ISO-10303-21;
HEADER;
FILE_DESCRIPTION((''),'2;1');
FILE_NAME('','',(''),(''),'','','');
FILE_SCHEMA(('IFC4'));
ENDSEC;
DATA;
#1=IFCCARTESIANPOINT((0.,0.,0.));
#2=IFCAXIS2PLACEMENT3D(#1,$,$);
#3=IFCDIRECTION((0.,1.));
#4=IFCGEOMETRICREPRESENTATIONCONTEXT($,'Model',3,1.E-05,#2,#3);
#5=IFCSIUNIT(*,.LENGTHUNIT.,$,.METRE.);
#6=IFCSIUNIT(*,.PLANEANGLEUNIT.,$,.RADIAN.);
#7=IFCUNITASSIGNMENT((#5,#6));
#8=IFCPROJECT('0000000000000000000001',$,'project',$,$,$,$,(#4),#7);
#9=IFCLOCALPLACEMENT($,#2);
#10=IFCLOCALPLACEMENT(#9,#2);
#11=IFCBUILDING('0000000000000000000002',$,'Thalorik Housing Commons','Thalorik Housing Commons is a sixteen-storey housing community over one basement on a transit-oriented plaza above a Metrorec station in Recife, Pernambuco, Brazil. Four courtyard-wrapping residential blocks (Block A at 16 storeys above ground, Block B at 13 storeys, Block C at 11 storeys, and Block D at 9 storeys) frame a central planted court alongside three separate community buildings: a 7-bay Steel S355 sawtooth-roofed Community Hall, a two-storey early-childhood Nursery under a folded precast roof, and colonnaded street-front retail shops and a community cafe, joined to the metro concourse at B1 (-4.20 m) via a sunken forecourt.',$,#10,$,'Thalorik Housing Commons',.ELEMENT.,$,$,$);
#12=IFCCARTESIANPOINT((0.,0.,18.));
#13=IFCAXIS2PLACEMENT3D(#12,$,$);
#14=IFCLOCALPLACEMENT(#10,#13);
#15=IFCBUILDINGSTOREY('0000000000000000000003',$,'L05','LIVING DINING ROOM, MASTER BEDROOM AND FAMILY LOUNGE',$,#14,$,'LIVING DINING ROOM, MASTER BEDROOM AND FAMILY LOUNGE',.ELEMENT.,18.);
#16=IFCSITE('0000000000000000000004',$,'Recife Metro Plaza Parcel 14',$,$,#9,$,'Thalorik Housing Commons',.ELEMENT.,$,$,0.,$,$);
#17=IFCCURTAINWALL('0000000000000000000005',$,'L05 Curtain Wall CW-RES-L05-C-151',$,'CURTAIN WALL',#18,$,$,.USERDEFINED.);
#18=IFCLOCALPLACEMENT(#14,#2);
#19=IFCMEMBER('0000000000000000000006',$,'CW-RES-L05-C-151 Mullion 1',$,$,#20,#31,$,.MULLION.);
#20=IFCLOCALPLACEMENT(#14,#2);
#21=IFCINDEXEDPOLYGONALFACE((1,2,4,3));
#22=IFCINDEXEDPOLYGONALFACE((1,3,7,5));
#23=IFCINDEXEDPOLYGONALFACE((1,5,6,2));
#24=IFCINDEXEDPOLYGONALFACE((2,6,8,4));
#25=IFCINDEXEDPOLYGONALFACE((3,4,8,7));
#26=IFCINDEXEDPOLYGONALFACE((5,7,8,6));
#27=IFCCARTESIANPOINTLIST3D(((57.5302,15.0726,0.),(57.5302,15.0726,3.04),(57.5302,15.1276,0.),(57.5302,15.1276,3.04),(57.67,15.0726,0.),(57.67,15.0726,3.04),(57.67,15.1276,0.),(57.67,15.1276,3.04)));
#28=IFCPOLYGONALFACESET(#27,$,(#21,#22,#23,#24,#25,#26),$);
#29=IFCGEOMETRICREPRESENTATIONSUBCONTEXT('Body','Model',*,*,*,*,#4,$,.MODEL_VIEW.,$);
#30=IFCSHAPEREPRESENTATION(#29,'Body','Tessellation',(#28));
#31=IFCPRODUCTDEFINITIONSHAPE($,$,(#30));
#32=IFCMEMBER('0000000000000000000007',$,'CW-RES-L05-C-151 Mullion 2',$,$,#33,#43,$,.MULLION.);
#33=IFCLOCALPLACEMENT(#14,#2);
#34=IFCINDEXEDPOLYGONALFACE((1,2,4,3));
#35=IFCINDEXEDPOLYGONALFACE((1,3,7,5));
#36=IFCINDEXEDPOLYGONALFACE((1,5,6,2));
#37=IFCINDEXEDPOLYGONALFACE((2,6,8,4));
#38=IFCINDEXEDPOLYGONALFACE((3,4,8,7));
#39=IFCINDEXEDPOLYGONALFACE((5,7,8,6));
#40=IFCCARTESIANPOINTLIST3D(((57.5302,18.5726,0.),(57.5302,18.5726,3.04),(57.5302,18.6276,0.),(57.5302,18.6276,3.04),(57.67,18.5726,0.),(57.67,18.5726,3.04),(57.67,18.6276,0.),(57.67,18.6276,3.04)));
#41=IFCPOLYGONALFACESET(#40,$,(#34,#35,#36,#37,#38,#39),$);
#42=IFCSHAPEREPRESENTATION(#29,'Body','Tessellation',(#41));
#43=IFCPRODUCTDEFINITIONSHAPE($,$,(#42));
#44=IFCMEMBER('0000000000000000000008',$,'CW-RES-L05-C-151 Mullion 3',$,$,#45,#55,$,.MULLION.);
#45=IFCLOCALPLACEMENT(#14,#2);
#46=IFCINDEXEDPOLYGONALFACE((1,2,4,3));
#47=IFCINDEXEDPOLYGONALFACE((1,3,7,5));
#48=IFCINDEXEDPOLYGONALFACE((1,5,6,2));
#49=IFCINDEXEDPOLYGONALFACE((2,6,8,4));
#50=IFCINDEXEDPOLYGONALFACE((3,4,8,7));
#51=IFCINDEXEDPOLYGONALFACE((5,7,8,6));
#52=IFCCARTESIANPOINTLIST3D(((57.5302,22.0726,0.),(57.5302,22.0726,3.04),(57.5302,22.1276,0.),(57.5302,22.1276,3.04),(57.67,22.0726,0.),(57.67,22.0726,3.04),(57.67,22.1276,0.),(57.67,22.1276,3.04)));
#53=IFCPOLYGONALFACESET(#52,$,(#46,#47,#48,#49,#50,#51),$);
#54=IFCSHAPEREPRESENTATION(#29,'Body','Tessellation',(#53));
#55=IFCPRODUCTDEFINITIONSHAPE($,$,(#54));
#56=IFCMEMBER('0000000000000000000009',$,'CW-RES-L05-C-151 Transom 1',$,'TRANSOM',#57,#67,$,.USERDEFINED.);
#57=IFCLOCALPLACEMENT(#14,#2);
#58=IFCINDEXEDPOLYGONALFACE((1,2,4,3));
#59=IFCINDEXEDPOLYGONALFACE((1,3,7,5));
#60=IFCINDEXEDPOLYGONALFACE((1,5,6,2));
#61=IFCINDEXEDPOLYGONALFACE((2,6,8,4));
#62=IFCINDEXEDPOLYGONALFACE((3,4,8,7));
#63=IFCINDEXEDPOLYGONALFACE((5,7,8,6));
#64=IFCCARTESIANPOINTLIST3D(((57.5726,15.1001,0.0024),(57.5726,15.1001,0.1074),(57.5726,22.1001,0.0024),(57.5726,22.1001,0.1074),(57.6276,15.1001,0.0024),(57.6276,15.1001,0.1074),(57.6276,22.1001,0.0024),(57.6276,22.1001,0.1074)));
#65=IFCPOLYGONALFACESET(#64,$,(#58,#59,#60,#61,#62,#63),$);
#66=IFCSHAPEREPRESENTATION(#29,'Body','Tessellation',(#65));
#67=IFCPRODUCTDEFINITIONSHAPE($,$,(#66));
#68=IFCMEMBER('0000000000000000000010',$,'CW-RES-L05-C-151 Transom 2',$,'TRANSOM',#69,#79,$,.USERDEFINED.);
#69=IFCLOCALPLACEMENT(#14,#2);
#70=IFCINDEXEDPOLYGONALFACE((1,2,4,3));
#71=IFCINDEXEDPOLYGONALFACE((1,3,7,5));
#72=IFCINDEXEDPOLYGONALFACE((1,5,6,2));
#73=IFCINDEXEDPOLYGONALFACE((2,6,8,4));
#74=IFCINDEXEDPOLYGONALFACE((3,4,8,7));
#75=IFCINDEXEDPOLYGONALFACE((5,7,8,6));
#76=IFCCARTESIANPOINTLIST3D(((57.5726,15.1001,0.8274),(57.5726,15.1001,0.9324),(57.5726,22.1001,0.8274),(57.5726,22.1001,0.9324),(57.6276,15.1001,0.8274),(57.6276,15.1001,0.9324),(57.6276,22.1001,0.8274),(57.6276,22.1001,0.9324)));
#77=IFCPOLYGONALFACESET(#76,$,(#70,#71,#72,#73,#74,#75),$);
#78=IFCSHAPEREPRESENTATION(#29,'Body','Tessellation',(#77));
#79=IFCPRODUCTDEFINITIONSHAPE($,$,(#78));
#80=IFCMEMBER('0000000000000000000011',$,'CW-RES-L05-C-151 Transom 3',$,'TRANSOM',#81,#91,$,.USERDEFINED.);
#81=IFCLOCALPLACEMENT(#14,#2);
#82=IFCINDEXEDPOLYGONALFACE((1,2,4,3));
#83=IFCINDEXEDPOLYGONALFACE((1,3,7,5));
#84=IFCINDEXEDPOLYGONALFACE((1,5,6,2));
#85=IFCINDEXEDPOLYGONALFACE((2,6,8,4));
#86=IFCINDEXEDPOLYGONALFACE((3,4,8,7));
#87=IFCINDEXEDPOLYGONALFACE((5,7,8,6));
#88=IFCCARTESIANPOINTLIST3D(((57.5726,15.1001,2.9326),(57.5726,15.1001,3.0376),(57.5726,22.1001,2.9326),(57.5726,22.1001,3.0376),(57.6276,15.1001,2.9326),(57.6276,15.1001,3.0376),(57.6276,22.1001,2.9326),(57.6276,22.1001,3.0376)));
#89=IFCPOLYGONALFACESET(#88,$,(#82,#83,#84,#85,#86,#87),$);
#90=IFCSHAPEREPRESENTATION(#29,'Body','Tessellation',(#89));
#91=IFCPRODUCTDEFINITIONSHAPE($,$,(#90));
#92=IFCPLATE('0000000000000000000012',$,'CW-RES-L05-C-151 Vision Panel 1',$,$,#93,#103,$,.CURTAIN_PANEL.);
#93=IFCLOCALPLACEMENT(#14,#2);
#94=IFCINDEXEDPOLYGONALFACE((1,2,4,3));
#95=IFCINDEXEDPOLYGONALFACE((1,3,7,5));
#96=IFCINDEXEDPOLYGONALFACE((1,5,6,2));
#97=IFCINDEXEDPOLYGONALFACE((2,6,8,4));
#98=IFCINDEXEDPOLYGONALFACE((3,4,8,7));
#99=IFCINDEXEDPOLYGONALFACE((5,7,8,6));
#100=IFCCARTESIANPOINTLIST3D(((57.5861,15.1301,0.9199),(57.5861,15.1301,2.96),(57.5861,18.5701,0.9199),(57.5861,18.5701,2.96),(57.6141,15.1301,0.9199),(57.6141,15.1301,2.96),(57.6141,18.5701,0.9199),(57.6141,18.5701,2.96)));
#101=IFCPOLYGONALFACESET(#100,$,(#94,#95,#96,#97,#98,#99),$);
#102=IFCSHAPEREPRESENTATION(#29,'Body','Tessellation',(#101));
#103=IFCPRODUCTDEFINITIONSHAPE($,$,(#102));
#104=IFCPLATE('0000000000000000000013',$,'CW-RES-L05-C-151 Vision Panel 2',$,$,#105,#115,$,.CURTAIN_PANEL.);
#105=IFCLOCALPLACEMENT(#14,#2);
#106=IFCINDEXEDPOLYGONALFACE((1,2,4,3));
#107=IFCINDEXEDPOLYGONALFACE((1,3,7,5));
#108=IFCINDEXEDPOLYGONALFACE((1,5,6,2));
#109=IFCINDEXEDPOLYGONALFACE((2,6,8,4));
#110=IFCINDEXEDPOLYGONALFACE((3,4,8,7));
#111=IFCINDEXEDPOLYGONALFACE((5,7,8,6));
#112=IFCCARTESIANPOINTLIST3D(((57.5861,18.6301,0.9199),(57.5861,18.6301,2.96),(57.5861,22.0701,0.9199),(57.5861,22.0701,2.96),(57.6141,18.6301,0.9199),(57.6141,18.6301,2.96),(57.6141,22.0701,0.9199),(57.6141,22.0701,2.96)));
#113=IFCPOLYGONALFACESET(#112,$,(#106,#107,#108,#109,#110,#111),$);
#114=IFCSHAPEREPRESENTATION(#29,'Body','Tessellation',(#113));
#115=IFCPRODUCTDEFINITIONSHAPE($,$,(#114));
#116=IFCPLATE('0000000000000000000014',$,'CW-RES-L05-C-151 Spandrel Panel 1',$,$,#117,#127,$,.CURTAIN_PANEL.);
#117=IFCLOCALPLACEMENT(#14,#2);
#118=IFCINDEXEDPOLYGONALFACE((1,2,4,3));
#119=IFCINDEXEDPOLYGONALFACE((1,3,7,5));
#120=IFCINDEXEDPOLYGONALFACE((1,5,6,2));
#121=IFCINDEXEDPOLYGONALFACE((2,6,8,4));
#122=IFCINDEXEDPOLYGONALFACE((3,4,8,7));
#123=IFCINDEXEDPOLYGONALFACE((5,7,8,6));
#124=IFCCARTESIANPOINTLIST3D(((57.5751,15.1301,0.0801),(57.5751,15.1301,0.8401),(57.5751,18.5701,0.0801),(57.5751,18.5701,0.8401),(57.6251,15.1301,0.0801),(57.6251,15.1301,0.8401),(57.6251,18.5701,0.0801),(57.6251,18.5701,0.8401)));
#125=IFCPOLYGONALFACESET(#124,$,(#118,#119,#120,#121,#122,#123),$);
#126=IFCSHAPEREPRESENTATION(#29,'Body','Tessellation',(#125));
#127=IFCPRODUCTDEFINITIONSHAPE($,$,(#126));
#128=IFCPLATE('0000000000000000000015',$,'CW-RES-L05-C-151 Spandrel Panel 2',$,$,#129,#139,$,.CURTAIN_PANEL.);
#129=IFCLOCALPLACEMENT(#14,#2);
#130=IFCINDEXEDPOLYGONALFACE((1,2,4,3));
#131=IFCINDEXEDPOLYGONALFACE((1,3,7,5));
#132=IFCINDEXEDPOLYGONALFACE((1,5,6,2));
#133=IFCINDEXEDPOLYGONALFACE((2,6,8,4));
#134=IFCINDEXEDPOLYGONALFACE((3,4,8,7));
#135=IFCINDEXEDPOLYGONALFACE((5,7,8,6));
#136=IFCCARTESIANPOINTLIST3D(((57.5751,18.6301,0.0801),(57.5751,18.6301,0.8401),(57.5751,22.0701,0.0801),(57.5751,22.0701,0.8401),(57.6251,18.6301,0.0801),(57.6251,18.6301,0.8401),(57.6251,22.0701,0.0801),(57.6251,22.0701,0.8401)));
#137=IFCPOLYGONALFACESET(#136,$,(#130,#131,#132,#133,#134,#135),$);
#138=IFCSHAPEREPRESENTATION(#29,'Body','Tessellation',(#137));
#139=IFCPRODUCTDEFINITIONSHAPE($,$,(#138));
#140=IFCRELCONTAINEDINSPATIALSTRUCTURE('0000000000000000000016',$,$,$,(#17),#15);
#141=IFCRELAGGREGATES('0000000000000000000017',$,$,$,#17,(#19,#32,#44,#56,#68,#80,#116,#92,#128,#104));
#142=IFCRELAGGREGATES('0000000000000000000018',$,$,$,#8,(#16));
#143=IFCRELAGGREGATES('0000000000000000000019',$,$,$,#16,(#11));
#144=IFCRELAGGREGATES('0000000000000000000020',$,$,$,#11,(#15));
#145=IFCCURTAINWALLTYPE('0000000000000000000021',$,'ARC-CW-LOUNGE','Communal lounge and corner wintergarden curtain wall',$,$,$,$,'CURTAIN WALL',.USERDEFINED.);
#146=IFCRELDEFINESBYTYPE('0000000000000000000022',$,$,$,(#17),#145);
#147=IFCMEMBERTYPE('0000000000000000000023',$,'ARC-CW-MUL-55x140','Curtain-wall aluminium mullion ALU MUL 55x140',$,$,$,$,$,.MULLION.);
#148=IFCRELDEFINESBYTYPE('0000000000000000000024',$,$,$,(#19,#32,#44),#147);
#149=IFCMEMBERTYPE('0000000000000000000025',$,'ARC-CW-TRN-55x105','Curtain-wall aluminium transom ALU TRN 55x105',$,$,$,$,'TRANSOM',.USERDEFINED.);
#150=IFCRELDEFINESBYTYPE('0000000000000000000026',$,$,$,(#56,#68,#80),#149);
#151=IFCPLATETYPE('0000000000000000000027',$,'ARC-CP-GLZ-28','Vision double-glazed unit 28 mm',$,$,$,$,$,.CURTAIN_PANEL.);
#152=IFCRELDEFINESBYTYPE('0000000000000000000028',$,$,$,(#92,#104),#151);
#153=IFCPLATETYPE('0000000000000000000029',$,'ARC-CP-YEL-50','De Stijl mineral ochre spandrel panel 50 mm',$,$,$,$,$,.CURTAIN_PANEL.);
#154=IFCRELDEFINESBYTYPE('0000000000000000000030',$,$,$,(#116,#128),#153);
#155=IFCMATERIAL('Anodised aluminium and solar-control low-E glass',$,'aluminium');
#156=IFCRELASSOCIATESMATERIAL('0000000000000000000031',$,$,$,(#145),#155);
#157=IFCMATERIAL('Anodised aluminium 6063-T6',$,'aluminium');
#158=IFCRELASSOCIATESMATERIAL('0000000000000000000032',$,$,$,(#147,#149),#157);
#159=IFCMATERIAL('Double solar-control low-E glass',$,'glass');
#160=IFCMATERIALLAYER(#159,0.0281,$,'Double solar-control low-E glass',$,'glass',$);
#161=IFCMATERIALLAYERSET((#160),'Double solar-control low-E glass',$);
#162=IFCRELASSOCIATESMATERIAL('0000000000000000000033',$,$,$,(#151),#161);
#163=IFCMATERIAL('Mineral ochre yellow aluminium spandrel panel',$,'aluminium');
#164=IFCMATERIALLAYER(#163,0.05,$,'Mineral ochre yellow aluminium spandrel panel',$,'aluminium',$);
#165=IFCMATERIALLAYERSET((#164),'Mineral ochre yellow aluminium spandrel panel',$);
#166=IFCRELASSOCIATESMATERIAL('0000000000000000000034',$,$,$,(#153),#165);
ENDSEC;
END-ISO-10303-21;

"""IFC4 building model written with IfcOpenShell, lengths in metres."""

from ifc_helpers import new_model, si_unit, direction, frame, origin, origin_2d, place, context, subcontext, project, spatial, rectangle, extrude, material, layer, layer_set, material_profile, profile_set, type_object, element, aggregate, save


model = new_model("IFC4")

# Units and contexts
model_context = context("Model", 3, precision=1e-05, world=origin(), true_north=direction((0.0, 1.0)))
body_context = subcontext(model_context, "Body", "Model", "MODEL_VIEW")
ifc_project = project(units=[si_unit("LENGTHUNIT", "METRE"), si_unit("PLANEANGLEUNIT", "RADIAN")], contexts=[model_context])

# Site, building, storey
site_placement = place(None, origin())
site = spatial("IfcSite", under=ifc_project, at=site_placement, Name="Recife Metro Plaza Parcel 14", LongName="Thalorik Housing Commons", CompositionType="ELEMENT", RefElevation=0.0)
building_placement = place(site_placement, origin())
building = spatial("IfcBuilding", under=site, at=building_placement, Name="Thalorik Housing Commons", Description="Thalorik Housing Commons is a sixteen-storey housing community over one basement on a transit-oriented plaza above a Metrorec station in Recife, Pernambuco, Brazil. Four courtyard-wrapping residential blocks (Block A at 16 storeys above ground, Block B at 13 storeys, Block C at 11 storeys, and Block D at 9 storeys) frame a central planted court alongside three separate community buildings: a 7-bay Steel S355 sawtooth-roofed Community Hall, a two-storey early-childhood Nursery under a folded precast roof, and colonnaded street-front retail shops and a community cafe, joined to the metro concourse at B1 (-4.20 m) via a sunken forecourt.", LongName="Thalorik Housing Commons", CompositionType="ELEMENT")
storey_placement = place(building_placement, frame((0.0, 0.0, 18.0)))
storey = spatial("IfcBuildingStorey", under=building, at=storey_placement, Name="L05", Description="LIVING DINING ROOM, MASTER BEDROOM AND FAMILY LOUNGE", LongName="LIVING DINING ROOM, MASTER BEDROOM AND FAMILY LOUNGE", CompositionType="ELEMENT", Elevation=18.0)

# Curtain wall, members, plates
ifc_material_1 = material(Name="Anodised aluminium and solar-control low-E glass", Category="aluminium")
curtain_wall_type = type_object("IfcCurtainWallType", Name="ARC-CW-LOUNGE", Description="Communal lounge and corner wintergarden curtain wall", ElementType="CURTAIN WALL", PredefinedType="USERDEFINED", material=ifc_material_1)
curtain_wall_placement = place(storey_placement, origin())
curtain_wall = element("IfcCurtainWall", 1, at=curtain_wall_placement, inside=storey, type_object=curtain_wall_type, Name="L05 Curtain Wall CW-RES-L05-C-151", ObjectType="CURTAIN WALL", PredefinedType="USERDEFINED")
ifc_material_2 = material(Name="Anodised aluminium 6063-T6", Category="aluminium")
ifc_material_profile_1 = material_profile(ifc_material_2, rectangle(XDim=0.0549, YDim=0.1399, at=origin_2d()), Name="ALU MUL 55x140", Category="aluminium")
ifc_profile_set_1 = profile_set([ifc_material_profile_1], Name="Anodised aluminium 6063-T6")
member_type_1 = type_object("IfcMemberType", Name="ARC-CW-MUL-55x140", Description="Curtain-wall aluminium mullion ALU MUL 55x140", PredefinedType="MULLION", material=ifc_profile_set_1)
member_1_placement = place(storey_placement, frame((57.6001, 15.1001, 0.0), z_axis=(0.0, 0.0, 1.0), x_axis=(0.0, 1.0, 0.0)))
member_1 = element("IfcMember", 2, at=member_1_placement, type_object=member_type_1, Name="CW-RES-L05-C-151 Mullion 1", PredefinedType="MULLION", context=body_context, shape_type="SweptSolid", body=[
    extrude(rectangle(XDim=0.0549, YDim=0.1399, at=origin_2d()), origin(), (0.0, 0.0, 1.0), 3.04),
])
member_2_placement = place(storey_placement, frame((57.6001, 18.6001, 0.0), z_axis=(0.0, 0.0, 1.0), x_axis=(0.0, 1.0, 0.0)))
member_2 = element("IfcMember", 3, at=member_2_placement, type_object=member_type_1, Name="CW-RES-L05-C-151 Mullion 2", PredefinedType="MULLION", context=body_context, shape_type="SweptSolid", body=[
    extrude(rectangle(XDim=0.0549, YDim=0.1399, at=origin_2d()), origin(), (0.0, 0.0, 1.0), 3.04),
])
member_3_placement = place(storey_placement, frame((57.6001, 22.1001, 0.0), z_axis=(0.0, 0.0, 1.0), x_axis=(0.0, 1.0, 0.0)))
member_3 = element("IfcMember", 4, at=member_3_placement, type_object=member_type_1, Name="CW-RES-L05-C-151 Mullion 3", PredefinedType="MULLION", context=body_context, shape_type="SweptSolid", body=[
    extrude(rectangle(XDim=0.0549, YDim=0.1399, at=origin_2d()), origin(), (0.0, 0.0, 1.0), 3.04),
])
ifc_material_profile_2 = material_profile(ifc_material_2, rectangle(XDim=0.0549, YDim=0.105, at=origin_2d()), Name="ALU TRN 55x105", Category="aluminium")
ifc_profile_set_2 = profile_set([ifc_material_profile_2], Name="Anodised aluminium 6063-T6")
member_type_2 = type_object("IfcMemberType", Name="ARC-CW-TRN-55x105", Description="Curtain-wall aluminium transom ALU TRN 55x105", ElementType="TRANSOM", PredefinedType="USERDEFINED", material=ifc_profile_set_2)
member_4_placement = place(storey_placement, frame((57.6001, 15.1001, 0.0549), z_axis=(0.0, 1.0, 0.0), x_axis=(-1.0, 0.0, 0.0)))
member_4 = element("IfcMember", 5, at=member_4_placement, type_object=member_type_2, Name="CW-RES-L05-C-151 Transom 1", ObjectType="TRANSOM", PredefinedType="USERDEFINED", context=body_context, shape_type="SweptSolid", body=[
    extrude(rectangle(XDim=0.0549, YDim=0.105, at=origin_2d()), origin(), (0.0, 0.0, 1.0), 7.0),
])
member_5_placement = place(storey_placement, frame((57.6001, 15.1001, 0.8799), z_axis=(0.0, 1.0, 0.0), x_axis=(-1.0, 0.0, 0.0)))
member_5 = element("IfcMember", 6, at=member_5_placement, type_object=member_type_2, Name="CW-RES-L05-C-151 Transom 2", ObjectType="TRANSOM", PredefinedType="USERDEFINED", context=body_context, shape_type="SweptSolid", body=[
    extrude(rectangle(XDim=0.0549, YDim=0.105, at=origin_2d()), origin(), (0.0, 0.0, 1.0), 7.0),
])
member_6_placement = place(storey_placement, frame((57.6001, 15.1001, 2.9851), z_axis=(0.0, 1.0, 0.0), x_axis=(-1.0, 0.0, 0.0)))
member_6 = element("IfcMember", 7, at=member_6_placement, type_object=member_type_2, Name="CW-RES-L05-C-151 Transom 3", ObjectType="TRANSOM", PredefinedType="USERDEFINED", context=body_context, shape_type="SweptSolid", body=[
    extrude(rectangle(XDim=0.0549, YDim=0.105, at=origin_2d()), origin(), (0.0, 0.0, 1.0), 7.0),
])
ifc_material_3 = material(Name="Double solar-control low-E glass", Category="glass")
ifc_layer_1 = layer(ifc_material_3, 0.0281, Name="Double solar-control low-E glass", Category="glass")
ifc_layer_set_1 = layer_set([ifc_layer_1], Name="Double solar-control low-E glass")
plate_type_1 = type_object("IfcPlateType", Name="ARC-CP-GLZ-28", Description="Vision double-glazed unit 28 mm", PredefinedType="CURTAIN_PANEL", material=ifc_layer_set_1)
plate_1_placement = place(storey_placement, frame((57.6001, 16.8501, 0.9199), z_axis=(0.0, 0.0, 1.0), x_axis=(0.0, 1.0, 0.0)))
plate_1 = element("IfcPlate", 8, at=plate_1_placement, type_object=plate_type_1, Name="CW-RES-L05-C-151 Vision Panel 1", PredefinedType="CURTAIN_PANEL", context=body_context, shape_type="SweptSolid", body=[
    extrude(rectangle(XDim=3.4399, YDim=0.0281, at=origin_2d()), origin(), (0.0, 0.0, 1.0), 2.04),
])
plate_2_placement = place(storey_placement, frame((57.6001, 20.3501, 0.9199), z_axis=(0.0, 0.0, 1.0), x_axis=(0.0, 1.0, 0.0)))
plate_2 = element("IfcPlate", 9, at=plate_2_placement, type_object=plate_type_1, Name="CW-RES-L05-C-151 Vision Panel 2", PredefinedType="CURTAIN_PANEL", context=body_context, shape_type="SweptSolid", body=[
    extrude(rectangle(XDim=3.4399, YDim=0.0281, at=origin_2d()), origin(), (0.0, 0.0, 1.0), 2.04),
])
ifc_material_4 = material(Name="Mineral ochre yellow aluminium spandrel panel", Category="aluminium")
ifc_layer_2 = layer(ifc_material_4, 0.05, Name="Mineral ochre yellow aluminium spandrel panel", Category="aluminium")
ifc_layer_set_2 = layer_set([ifc_layer_2], Name="Mineral ochre yellow aluminium spandrel panel")
plate_type_2 = type_object("IfcPlateType", Name="ARC-CP-YEL-50", Description="De Stijl mineral ochre spandrel panel 50 mm", PredefinedType="CURTAIN_PANEL", material=ifc_layer_set_2)
plate_3_placement = place(storey_placement, frame((57.6001, 16.8501, 0.0801), z_axis=(0.0, 0.0, 1.0), x_axis=(0.0, 1.0, 0.0)))
plate_3 = element("IfcPlate", 10, at=plate_3_placement, type_object=plate_type_2, Name="CW-RES-L05-C-151 Spandrel Panel 1", PredefinedType="CURTAIN_PANEL", context=body_context, shape_type="SweptSolid", body=[
    extrude(rectangle(XDim=3.4399, YDim=0.05, at=origin_2d()), origin(), (0.0, 0.0, 1.0), 0.76),
])
plate_4_placement = place(storey_placement, frame((57.6001, 20.3501, 0.0801), z_axis=(0.0, 0.0, 1.0), x_axis=(0.0, 1.0, 0.0)))
plate_4 = element("IfcPlate", 11, at=plate_4_placement, type_object=plate_type_2, Name="CW-RES-L05-C-151 Spandrel Panel 2", PredefinedType="CURTAIN_PANEL", context=body_context, shape_type="SweptSolid", body=[
    extrude(rectangle(XDim=3.4399, YDim=0.05, at=origin_2d()), origin(), (0.0, 0.0, 1.0), 0.76),
])
aggregate(curtain_wall, [member_1, member_2, member_3, member_4, member_5, member_6, plate_3, plate_1, plate_4, plate_2])

save(model, "model.ifc")
